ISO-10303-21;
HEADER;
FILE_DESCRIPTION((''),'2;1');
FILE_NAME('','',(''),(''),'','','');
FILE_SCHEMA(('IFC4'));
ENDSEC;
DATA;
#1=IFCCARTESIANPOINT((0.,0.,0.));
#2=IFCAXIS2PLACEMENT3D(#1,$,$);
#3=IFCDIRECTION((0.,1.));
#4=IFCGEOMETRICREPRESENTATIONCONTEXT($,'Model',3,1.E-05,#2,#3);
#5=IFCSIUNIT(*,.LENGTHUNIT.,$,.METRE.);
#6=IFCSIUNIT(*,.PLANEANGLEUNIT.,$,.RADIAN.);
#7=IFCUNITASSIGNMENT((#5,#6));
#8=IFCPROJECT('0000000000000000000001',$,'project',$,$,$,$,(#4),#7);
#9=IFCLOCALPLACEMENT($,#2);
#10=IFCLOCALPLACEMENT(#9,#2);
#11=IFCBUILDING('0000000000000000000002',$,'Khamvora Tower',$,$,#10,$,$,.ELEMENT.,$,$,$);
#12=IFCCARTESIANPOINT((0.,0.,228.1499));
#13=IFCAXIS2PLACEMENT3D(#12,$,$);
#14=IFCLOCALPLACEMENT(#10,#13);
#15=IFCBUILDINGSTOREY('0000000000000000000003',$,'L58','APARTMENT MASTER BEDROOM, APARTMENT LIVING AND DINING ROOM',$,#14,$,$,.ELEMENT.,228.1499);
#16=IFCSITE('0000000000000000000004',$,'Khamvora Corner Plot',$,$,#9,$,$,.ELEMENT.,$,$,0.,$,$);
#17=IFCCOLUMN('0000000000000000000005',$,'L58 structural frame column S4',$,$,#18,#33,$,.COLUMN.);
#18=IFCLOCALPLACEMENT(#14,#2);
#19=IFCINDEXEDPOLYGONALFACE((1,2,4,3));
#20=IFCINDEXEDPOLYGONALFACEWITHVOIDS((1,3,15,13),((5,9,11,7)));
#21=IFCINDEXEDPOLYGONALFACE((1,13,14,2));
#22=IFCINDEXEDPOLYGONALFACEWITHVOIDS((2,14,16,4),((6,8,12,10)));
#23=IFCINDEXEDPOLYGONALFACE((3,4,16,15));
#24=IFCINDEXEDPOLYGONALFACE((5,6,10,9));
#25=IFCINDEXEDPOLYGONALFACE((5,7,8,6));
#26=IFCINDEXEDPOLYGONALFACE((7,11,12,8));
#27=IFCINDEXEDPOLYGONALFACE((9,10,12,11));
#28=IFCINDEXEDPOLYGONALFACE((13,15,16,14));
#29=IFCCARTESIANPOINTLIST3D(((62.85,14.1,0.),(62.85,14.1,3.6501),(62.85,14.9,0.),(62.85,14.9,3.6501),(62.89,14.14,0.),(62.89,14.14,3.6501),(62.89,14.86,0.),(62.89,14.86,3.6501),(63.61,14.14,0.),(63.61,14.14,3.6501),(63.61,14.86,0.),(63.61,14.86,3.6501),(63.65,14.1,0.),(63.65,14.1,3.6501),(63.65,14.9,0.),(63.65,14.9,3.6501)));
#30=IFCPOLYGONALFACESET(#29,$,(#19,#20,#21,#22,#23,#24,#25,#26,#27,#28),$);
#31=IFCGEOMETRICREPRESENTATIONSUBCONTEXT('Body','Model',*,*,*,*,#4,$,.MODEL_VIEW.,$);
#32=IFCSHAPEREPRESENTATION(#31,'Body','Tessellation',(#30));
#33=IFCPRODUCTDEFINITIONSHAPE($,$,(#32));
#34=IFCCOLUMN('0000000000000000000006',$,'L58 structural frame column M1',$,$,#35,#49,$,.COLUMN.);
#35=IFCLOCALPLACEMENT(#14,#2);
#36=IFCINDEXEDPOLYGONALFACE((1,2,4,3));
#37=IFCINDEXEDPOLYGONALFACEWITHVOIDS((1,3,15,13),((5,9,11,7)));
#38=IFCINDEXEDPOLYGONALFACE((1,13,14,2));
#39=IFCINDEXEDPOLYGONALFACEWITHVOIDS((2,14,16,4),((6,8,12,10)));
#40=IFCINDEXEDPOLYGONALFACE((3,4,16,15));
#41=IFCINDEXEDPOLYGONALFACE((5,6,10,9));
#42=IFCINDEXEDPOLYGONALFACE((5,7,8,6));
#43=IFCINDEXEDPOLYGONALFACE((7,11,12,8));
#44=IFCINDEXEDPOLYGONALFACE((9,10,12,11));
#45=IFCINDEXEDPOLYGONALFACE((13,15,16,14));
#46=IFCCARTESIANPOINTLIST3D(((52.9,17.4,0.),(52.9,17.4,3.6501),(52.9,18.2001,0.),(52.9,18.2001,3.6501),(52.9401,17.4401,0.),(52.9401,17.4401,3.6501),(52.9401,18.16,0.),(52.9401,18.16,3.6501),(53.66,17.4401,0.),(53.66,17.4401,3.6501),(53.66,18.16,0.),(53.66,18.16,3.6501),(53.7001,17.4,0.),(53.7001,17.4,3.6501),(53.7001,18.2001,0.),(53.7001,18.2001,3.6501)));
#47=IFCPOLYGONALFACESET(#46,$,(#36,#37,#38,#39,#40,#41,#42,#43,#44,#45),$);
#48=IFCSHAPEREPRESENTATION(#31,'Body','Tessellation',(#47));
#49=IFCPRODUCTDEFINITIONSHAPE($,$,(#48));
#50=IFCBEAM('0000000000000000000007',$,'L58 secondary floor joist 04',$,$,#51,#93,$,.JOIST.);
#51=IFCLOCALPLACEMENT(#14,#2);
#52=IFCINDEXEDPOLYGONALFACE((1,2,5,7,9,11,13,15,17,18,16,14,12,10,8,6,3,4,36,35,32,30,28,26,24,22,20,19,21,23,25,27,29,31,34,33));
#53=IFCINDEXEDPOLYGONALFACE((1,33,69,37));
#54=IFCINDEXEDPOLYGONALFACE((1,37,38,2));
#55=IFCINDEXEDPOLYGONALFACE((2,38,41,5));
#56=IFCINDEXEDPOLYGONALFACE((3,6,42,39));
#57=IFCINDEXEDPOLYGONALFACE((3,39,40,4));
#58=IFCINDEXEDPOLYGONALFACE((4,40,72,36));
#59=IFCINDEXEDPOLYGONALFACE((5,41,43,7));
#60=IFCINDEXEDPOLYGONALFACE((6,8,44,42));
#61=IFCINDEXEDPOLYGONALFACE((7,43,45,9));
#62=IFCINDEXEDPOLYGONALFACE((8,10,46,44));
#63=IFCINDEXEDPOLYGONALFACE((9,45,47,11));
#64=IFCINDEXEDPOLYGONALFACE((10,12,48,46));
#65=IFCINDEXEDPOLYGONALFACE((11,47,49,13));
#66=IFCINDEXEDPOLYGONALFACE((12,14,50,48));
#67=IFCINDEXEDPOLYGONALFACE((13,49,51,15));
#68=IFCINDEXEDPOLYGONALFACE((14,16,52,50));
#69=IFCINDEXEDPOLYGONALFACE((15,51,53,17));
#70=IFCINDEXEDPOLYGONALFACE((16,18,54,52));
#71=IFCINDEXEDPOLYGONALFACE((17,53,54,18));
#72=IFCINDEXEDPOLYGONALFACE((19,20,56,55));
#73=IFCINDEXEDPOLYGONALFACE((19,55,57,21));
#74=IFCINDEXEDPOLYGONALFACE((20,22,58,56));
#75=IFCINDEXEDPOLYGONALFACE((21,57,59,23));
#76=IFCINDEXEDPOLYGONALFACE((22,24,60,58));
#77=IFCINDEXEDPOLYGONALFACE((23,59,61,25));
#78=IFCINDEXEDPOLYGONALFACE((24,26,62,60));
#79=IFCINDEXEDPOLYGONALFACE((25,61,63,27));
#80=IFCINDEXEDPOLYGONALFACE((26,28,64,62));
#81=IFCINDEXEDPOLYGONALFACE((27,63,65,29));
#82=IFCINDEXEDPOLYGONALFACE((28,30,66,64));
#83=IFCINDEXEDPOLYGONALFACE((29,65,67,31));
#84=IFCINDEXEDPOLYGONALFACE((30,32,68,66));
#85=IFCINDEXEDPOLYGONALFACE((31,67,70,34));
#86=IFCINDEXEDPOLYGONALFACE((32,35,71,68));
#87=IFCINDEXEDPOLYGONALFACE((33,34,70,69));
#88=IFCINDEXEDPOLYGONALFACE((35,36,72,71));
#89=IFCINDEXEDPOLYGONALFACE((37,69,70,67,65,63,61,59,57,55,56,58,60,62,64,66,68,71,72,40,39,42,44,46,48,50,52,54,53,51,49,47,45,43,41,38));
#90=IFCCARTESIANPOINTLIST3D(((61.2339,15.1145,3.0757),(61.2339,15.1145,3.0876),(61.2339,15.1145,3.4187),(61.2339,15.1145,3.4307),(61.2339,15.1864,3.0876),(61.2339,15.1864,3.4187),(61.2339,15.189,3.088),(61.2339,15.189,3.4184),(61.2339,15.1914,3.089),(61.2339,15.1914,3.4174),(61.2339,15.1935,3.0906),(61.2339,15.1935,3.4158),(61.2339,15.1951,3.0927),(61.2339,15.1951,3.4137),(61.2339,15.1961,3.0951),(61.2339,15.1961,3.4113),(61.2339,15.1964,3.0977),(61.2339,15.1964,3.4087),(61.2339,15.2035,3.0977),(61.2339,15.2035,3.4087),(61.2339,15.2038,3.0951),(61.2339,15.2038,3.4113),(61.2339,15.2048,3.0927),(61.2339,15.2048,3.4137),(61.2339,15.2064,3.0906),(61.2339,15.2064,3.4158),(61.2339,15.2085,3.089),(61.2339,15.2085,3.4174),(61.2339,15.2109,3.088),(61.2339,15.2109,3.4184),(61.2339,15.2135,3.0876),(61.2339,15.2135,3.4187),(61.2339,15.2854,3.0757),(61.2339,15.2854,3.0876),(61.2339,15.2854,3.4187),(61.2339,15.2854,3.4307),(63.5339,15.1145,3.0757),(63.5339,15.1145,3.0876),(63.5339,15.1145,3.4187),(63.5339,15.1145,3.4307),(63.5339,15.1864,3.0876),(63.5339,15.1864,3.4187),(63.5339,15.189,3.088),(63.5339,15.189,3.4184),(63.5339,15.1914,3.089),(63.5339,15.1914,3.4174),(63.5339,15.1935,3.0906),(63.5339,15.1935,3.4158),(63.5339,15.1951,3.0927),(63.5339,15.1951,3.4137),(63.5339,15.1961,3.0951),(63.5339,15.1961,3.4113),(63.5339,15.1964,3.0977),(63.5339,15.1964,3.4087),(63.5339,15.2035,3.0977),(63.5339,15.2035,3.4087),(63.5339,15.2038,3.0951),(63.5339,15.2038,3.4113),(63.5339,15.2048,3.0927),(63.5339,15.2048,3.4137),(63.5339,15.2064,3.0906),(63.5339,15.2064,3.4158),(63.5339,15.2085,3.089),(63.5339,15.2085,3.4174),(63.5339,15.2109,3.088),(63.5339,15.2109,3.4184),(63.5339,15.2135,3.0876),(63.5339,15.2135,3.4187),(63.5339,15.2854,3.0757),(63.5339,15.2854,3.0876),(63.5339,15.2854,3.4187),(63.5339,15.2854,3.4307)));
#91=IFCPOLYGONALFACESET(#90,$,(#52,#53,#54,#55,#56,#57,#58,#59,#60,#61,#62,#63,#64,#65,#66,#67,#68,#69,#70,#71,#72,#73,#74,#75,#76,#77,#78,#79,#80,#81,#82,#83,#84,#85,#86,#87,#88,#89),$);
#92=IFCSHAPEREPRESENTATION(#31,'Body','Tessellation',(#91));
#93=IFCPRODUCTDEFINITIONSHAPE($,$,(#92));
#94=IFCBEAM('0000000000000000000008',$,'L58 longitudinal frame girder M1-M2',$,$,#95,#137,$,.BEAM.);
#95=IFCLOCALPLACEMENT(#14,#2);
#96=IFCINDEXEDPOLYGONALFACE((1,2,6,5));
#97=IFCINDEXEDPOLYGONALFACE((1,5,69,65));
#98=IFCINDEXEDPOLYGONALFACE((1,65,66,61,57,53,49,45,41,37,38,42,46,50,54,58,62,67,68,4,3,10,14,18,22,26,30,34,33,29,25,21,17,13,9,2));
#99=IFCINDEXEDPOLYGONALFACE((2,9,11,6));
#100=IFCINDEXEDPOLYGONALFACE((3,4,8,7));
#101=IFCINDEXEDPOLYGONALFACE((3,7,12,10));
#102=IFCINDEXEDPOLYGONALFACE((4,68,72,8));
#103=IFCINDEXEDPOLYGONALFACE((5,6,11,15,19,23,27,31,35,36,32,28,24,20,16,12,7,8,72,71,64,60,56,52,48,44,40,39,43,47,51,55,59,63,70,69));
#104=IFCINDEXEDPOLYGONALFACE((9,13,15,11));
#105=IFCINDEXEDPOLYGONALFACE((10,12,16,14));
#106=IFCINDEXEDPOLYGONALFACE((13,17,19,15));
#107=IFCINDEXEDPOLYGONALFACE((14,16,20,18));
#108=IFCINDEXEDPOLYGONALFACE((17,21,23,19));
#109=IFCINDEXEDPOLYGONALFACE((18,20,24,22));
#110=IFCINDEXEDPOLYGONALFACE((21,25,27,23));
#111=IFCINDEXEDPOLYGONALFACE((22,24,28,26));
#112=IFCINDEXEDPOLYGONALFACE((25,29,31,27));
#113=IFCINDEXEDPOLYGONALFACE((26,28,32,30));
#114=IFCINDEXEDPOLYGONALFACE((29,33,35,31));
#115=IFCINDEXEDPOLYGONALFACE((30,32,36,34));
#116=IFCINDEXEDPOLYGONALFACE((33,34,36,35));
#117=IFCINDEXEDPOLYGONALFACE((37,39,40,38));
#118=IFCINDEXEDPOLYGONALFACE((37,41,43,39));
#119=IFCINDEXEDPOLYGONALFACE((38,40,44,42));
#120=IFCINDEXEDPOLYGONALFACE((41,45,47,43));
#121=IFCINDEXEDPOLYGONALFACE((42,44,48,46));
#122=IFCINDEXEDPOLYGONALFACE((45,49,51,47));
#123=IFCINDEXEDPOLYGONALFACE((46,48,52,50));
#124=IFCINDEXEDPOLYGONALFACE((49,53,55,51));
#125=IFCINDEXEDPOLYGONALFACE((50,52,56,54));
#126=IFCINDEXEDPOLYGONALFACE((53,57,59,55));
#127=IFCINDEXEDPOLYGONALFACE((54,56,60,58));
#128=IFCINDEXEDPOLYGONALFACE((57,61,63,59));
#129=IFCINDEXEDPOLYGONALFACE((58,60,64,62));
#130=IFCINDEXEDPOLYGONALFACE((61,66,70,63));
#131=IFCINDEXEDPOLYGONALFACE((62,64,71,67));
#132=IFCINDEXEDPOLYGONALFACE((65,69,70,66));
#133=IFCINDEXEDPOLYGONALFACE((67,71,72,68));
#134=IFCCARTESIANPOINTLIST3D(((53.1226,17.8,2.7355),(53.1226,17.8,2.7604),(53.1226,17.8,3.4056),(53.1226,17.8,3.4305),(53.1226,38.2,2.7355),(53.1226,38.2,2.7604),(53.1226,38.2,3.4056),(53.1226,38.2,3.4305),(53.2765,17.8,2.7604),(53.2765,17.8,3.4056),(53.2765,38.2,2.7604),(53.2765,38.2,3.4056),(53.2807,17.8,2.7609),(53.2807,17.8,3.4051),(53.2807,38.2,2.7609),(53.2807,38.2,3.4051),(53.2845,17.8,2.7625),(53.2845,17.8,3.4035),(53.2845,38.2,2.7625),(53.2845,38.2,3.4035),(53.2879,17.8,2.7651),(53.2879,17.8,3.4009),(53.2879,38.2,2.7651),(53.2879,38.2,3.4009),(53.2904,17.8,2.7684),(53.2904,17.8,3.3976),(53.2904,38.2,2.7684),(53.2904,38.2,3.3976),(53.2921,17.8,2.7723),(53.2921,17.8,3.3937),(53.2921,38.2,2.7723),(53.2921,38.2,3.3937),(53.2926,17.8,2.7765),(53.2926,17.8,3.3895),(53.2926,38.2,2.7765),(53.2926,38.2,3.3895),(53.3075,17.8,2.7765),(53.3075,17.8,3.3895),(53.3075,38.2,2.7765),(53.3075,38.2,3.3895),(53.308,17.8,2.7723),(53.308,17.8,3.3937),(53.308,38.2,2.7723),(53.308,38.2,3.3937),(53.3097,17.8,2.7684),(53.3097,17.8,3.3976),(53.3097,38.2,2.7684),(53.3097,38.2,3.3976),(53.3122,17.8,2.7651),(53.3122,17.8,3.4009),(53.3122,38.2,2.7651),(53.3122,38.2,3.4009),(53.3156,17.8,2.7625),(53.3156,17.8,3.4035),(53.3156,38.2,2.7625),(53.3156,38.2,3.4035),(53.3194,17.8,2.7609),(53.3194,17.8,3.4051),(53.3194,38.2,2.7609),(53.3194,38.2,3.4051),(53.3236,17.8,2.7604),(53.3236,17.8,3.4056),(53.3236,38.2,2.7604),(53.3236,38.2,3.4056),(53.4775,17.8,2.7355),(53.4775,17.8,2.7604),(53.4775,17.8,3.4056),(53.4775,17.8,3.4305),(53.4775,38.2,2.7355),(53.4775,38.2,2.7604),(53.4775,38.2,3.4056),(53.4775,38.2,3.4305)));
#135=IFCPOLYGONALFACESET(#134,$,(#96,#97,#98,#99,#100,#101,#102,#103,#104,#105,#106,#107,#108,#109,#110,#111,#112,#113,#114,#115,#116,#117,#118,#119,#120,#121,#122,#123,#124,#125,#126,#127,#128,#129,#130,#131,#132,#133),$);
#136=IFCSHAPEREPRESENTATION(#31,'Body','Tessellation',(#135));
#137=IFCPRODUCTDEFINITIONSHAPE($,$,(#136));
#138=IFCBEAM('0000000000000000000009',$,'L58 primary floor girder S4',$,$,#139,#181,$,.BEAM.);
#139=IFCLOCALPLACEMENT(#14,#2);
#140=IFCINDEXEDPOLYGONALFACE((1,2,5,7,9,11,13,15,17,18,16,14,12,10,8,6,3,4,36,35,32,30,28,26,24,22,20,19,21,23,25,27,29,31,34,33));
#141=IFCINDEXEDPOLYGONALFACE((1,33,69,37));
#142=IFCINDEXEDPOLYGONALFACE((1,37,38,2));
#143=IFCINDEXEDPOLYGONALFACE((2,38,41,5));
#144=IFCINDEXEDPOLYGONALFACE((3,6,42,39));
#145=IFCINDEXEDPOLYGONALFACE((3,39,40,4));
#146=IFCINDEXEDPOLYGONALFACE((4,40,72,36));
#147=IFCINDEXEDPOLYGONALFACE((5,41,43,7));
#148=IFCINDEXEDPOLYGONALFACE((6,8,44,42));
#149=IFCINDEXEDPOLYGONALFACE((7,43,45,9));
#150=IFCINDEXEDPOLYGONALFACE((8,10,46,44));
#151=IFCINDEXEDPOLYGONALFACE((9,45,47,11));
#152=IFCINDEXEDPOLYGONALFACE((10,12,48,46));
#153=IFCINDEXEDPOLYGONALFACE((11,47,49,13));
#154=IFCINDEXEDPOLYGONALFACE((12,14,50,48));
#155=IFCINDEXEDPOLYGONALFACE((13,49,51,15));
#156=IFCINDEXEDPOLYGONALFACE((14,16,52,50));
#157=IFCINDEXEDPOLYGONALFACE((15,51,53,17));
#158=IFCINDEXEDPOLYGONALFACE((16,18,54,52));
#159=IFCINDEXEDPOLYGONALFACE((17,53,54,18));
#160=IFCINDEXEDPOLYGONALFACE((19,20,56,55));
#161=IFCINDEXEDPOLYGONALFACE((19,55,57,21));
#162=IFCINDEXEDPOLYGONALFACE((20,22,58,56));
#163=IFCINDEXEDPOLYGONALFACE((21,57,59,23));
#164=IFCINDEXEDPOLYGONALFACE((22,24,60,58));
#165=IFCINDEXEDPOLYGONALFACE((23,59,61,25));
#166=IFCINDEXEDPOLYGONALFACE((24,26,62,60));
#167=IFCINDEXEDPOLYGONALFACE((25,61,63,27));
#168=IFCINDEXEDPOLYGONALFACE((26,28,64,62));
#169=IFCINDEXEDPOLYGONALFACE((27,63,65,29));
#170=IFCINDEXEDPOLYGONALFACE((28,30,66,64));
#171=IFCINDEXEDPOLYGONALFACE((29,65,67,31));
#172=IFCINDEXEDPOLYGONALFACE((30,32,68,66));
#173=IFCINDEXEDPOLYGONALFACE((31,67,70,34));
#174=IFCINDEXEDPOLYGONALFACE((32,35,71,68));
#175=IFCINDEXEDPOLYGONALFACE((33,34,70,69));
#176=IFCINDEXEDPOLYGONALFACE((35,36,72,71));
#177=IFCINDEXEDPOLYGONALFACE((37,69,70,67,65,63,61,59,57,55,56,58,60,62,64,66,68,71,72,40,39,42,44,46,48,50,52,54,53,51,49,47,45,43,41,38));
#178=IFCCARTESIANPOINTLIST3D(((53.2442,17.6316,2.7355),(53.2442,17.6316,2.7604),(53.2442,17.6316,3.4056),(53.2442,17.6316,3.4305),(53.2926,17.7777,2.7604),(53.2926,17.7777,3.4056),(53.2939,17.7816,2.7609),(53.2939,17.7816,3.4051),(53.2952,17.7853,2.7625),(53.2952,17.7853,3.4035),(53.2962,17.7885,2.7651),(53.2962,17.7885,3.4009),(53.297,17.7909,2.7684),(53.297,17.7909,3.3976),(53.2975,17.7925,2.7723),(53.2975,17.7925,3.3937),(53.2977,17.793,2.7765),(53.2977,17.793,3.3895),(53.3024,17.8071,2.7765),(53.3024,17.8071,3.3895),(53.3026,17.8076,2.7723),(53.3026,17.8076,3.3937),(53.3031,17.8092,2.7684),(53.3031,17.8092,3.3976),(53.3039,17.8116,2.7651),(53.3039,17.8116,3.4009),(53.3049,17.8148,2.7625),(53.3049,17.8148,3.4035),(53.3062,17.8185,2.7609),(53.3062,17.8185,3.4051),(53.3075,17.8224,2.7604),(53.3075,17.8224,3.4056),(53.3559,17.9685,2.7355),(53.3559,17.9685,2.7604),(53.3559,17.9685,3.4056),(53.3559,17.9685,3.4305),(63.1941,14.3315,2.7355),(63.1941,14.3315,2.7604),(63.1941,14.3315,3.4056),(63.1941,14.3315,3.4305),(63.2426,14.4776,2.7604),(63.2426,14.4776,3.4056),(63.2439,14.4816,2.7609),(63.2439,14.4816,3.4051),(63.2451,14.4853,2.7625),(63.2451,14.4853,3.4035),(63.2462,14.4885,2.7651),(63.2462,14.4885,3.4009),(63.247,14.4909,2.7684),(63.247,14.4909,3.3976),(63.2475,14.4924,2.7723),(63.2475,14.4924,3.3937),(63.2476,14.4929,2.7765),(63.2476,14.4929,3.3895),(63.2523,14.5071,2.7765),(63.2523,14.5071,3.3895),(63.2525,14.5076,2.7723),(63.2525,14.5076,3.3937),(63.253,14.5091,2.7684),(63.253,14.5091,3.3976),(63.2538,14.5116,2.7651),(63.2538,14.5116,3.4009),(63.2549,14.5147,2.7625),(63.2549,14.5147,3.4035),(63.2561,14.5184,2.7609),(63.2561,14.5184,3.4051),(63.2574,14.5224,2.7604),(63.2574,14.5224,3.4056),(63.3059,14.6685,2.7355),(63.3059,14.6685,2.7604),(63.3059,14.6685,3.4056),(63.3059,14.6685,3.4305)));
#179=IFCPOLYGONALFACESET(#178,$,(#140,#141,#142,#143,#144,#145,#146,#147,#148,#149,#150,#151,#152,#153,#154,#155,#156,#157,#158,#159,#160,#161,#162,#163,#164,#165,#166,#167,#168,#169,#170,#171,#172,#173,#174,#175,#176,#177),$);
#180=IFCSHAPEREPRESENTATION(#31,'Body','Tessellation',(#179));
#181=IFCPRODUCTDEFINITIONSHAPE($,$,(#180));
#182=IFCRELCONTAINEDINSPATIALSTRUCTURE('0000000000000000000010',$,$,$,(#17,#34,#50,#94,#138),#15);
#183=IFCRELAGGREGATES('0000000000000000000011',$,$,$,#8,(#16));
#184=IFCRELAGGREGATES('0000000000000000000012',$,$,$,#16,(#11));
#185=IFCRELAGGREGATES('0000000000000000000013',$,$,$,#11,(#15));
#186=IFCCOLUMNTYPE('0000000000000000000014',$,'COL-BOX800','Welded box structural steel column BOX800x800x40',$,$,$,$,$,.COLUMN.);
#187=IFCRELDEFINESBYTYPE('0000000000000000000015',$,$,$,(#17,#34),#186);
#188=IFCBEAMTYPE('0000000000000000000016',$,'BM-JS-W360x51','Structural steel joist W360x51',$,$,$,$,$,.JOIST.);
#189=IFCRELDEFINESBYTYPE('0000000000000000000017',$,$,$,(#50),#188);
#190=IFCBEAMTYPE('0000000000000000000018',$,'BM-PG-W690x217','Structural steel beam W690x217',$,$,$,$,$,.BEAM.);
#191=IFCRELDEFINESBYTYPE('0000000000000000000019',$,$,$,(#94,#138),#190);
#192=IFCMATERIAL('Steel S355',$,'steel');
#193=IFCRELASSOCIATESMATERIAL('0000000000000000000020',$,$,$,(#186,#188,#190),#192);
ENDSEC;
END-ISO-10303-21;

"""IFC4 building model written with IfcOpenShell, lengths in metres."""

from ifc_helpers import new_model, si_unit, direction, frame, origin, origin_2d, place, context, subcontext, project, spatial, hollow_rectangle, i_section, extrude, material, material_profile, profile_set, type_object, element, save


model = new_model("IFC4")

# Units and contexts
model_context = context("Model", 3, precision=1e-05, world=origin(), true_north=direction((0.0, 1.0)))
body_context = subcontext(model_context, "Body", "Model", "MODEL_VIEW")
ifc_project = project(units=[si_unit("LENGTHUNIT", "METRE"), si_unit("PLANEANGLEUNIT", "RADIAN")], contexts=[model_context])

# Site, building, storey
site_placement = place(None, origin())
site = spatial("IfcSite", under=ifc_project, at=site_placement, Name="Khamvora Corner Plot", CompositionType="ELEMENT", RefElevation=0.0)
building_placement = place(site_placement, origin())
building = spatial("IfcBuilding", under=site, at=building_placement, Name="Khamvora Tower", CompositionType="ELEMENT")
storey_placement = place(building_placement, frame((0.0, 0.0, 228.1499)))
storey = spatial("IfcBuildingStorey", under=building, at=storey_placement, Name="L58", Description="APARTMENT MASTER BEDROOM, APARTMENT LIVING AND DINING ROOM", CompositionType="ELEMENT", Elevation=228.1499)

# Columns
ifc_material_1 = material(Name="Steel S355", Category="steel")
ifc_material_profile_1 = material_profile(ifc_material_1, hollow_rectangle(XDim=0.8, YDim=0.8, WallThickness=0.04, at=origin_2d()), Name="BOX800x800x40")
ifc_profile_set_1 = profile_set([ifc_material_profile_1], Name="Steel S355")
column_type = type_object("IfcColumnType", Name="COL-BOX800", Description="Welded box structural steel column BOX800x800x40", PredefinedType="COLUMN", material=ifc_profile_set_1)
for number, where, z_axis, x_axis, name in (
    (1, (63.25, 14.5, 0.0), (0.0, 0.0, 1.0), (1.0, 0.0, 0.0), "L58 structural frame column S4"),
    (2, (53.3, 17.8, 0.0), (0.0, 0.0, 1.0), (1.0, 0.0, 0.0), "L58 structural frame column M1"),
):
    element("IfcColumn", number, at=place(storey_placement, frame(where, z_axis=z_axis, x_axis=x_axis)), inside=storey, type_object=column_type, Name=name, PredefinedType="COLUMN", context=body_context, shape_type="SweptSolid", body=[
        extrude(hollow_rectangle(XDim=0.8, YDim=0.8, WallThickness=0.04, at=origin_2d()), origin(), (0.0, 0.0, 1.0), 3.6501),
    ])

# Beams
ifc_material_profile_2 = material_profile(ifc_material_1, i_section(OverallWidth=0.1709, OverallDepth=0.355, WebThickness=0.0071, FlangeThickness=0.012, FilletRadius=0.01, at=origin_2d()), Name="W360x51")
ifc_profile_set_2 = profile_set([ifc_material_profile_2], Name="Steel S355")
beam_type_1 = type_object("IfcBeamType", Name="BM-JS-W360x51", Description="Structural steel joist W360x51", PredefinedType="JOIST", material=ifc_profile_set_2)
beam_1_placement = place(storey_placement, frame((61.2339, 15.2, 3.2532), z_axis=(1.0, 0.0, 0.0), x_axis=(0.0, 1.0, 0.0)))
element("IfcBeam", 3, at=beam_1_placement, inside=storey, type_object=beam_type_1, Name="L58 secondary floor joist 04", PredefinedType="JOIST", context=body_context, shape_type="SweptSolid", body=[
    extrude(i_section(OverallWidth=0.1709, OverallDepth=0.355, WebThickness=0.0071, FlangeThickness=0.012, FilletRadius=0.01, at=origin_2d()), origin(), (0.0, 0.0, 1.0), 2.3),
])
ifc_material_profile_3 = material_profile(ifc_material_1, i_section(OverallWidth=0.355, OverallDepth=0.6951, WebThickness=0.0149, FlangeThickness=0.0249, FilletRadius=0.0161, at=origin_2d()), Name="W690x217")
ifc_profile_set_3 = profile_set([ifc_material_profile_3], Name="Steel S355")
beam_type_2 = type_object("IfcBeamType", Name="BM-PG-W690x217", Description="Structural steel beam W690x217", PredefinedType="BEAM", material=ifc_profile_set_3)
beam_2_placement = place(storey_placement, frame((53.3, 17.8, 3.083), z_axis=(0.0, 1.0, 0.0), x_axis=(-1.0, 0.0, 0.0)))
element("IfcBeam", 4, at=beam_2_placement, inside=storey, type_object=beam_type_2, Name="L58 longitudinal frame girder M1-M2", PredefinedType="BEAM", context=body_context, shape_type="SweptSolid", body=[
    extrude(i_section(OverallWidth=0.355, OverallDepth=0.6951, WebThickness=0.0149, FlangeThickness=0.0249, FilletRadius=0.0161, at=origin_2d()), origin(), (0.0, 0.0, 1.0), 20.3999),
])
beam_3_placement = place(storey_placement, frame((53.3, 17.8, 3.083), z_axis=(0.949157, -0.314802, 0.0), x_axis=(0.314802, 0.949157, 0.0)))
element("IfcBeam", 5, at=beam_3_placement, inside=storey, type_object=beam_type_2, Name="L58 primary floor girder S4", PredefinedType="BEAM", context=body_context, shape_type="SweptSolid", body=[
    extrude(i_section(OverallWidth=0.355, OverallDepth=0.6951, WebThickness=0.0149, FlangeThickness=0.0249, FilletRadius=0.0161, at=origin_2d()), origin(), (0.0, 0.0, 1.0), 10.4829),
])

save(model, "model.ifc")
